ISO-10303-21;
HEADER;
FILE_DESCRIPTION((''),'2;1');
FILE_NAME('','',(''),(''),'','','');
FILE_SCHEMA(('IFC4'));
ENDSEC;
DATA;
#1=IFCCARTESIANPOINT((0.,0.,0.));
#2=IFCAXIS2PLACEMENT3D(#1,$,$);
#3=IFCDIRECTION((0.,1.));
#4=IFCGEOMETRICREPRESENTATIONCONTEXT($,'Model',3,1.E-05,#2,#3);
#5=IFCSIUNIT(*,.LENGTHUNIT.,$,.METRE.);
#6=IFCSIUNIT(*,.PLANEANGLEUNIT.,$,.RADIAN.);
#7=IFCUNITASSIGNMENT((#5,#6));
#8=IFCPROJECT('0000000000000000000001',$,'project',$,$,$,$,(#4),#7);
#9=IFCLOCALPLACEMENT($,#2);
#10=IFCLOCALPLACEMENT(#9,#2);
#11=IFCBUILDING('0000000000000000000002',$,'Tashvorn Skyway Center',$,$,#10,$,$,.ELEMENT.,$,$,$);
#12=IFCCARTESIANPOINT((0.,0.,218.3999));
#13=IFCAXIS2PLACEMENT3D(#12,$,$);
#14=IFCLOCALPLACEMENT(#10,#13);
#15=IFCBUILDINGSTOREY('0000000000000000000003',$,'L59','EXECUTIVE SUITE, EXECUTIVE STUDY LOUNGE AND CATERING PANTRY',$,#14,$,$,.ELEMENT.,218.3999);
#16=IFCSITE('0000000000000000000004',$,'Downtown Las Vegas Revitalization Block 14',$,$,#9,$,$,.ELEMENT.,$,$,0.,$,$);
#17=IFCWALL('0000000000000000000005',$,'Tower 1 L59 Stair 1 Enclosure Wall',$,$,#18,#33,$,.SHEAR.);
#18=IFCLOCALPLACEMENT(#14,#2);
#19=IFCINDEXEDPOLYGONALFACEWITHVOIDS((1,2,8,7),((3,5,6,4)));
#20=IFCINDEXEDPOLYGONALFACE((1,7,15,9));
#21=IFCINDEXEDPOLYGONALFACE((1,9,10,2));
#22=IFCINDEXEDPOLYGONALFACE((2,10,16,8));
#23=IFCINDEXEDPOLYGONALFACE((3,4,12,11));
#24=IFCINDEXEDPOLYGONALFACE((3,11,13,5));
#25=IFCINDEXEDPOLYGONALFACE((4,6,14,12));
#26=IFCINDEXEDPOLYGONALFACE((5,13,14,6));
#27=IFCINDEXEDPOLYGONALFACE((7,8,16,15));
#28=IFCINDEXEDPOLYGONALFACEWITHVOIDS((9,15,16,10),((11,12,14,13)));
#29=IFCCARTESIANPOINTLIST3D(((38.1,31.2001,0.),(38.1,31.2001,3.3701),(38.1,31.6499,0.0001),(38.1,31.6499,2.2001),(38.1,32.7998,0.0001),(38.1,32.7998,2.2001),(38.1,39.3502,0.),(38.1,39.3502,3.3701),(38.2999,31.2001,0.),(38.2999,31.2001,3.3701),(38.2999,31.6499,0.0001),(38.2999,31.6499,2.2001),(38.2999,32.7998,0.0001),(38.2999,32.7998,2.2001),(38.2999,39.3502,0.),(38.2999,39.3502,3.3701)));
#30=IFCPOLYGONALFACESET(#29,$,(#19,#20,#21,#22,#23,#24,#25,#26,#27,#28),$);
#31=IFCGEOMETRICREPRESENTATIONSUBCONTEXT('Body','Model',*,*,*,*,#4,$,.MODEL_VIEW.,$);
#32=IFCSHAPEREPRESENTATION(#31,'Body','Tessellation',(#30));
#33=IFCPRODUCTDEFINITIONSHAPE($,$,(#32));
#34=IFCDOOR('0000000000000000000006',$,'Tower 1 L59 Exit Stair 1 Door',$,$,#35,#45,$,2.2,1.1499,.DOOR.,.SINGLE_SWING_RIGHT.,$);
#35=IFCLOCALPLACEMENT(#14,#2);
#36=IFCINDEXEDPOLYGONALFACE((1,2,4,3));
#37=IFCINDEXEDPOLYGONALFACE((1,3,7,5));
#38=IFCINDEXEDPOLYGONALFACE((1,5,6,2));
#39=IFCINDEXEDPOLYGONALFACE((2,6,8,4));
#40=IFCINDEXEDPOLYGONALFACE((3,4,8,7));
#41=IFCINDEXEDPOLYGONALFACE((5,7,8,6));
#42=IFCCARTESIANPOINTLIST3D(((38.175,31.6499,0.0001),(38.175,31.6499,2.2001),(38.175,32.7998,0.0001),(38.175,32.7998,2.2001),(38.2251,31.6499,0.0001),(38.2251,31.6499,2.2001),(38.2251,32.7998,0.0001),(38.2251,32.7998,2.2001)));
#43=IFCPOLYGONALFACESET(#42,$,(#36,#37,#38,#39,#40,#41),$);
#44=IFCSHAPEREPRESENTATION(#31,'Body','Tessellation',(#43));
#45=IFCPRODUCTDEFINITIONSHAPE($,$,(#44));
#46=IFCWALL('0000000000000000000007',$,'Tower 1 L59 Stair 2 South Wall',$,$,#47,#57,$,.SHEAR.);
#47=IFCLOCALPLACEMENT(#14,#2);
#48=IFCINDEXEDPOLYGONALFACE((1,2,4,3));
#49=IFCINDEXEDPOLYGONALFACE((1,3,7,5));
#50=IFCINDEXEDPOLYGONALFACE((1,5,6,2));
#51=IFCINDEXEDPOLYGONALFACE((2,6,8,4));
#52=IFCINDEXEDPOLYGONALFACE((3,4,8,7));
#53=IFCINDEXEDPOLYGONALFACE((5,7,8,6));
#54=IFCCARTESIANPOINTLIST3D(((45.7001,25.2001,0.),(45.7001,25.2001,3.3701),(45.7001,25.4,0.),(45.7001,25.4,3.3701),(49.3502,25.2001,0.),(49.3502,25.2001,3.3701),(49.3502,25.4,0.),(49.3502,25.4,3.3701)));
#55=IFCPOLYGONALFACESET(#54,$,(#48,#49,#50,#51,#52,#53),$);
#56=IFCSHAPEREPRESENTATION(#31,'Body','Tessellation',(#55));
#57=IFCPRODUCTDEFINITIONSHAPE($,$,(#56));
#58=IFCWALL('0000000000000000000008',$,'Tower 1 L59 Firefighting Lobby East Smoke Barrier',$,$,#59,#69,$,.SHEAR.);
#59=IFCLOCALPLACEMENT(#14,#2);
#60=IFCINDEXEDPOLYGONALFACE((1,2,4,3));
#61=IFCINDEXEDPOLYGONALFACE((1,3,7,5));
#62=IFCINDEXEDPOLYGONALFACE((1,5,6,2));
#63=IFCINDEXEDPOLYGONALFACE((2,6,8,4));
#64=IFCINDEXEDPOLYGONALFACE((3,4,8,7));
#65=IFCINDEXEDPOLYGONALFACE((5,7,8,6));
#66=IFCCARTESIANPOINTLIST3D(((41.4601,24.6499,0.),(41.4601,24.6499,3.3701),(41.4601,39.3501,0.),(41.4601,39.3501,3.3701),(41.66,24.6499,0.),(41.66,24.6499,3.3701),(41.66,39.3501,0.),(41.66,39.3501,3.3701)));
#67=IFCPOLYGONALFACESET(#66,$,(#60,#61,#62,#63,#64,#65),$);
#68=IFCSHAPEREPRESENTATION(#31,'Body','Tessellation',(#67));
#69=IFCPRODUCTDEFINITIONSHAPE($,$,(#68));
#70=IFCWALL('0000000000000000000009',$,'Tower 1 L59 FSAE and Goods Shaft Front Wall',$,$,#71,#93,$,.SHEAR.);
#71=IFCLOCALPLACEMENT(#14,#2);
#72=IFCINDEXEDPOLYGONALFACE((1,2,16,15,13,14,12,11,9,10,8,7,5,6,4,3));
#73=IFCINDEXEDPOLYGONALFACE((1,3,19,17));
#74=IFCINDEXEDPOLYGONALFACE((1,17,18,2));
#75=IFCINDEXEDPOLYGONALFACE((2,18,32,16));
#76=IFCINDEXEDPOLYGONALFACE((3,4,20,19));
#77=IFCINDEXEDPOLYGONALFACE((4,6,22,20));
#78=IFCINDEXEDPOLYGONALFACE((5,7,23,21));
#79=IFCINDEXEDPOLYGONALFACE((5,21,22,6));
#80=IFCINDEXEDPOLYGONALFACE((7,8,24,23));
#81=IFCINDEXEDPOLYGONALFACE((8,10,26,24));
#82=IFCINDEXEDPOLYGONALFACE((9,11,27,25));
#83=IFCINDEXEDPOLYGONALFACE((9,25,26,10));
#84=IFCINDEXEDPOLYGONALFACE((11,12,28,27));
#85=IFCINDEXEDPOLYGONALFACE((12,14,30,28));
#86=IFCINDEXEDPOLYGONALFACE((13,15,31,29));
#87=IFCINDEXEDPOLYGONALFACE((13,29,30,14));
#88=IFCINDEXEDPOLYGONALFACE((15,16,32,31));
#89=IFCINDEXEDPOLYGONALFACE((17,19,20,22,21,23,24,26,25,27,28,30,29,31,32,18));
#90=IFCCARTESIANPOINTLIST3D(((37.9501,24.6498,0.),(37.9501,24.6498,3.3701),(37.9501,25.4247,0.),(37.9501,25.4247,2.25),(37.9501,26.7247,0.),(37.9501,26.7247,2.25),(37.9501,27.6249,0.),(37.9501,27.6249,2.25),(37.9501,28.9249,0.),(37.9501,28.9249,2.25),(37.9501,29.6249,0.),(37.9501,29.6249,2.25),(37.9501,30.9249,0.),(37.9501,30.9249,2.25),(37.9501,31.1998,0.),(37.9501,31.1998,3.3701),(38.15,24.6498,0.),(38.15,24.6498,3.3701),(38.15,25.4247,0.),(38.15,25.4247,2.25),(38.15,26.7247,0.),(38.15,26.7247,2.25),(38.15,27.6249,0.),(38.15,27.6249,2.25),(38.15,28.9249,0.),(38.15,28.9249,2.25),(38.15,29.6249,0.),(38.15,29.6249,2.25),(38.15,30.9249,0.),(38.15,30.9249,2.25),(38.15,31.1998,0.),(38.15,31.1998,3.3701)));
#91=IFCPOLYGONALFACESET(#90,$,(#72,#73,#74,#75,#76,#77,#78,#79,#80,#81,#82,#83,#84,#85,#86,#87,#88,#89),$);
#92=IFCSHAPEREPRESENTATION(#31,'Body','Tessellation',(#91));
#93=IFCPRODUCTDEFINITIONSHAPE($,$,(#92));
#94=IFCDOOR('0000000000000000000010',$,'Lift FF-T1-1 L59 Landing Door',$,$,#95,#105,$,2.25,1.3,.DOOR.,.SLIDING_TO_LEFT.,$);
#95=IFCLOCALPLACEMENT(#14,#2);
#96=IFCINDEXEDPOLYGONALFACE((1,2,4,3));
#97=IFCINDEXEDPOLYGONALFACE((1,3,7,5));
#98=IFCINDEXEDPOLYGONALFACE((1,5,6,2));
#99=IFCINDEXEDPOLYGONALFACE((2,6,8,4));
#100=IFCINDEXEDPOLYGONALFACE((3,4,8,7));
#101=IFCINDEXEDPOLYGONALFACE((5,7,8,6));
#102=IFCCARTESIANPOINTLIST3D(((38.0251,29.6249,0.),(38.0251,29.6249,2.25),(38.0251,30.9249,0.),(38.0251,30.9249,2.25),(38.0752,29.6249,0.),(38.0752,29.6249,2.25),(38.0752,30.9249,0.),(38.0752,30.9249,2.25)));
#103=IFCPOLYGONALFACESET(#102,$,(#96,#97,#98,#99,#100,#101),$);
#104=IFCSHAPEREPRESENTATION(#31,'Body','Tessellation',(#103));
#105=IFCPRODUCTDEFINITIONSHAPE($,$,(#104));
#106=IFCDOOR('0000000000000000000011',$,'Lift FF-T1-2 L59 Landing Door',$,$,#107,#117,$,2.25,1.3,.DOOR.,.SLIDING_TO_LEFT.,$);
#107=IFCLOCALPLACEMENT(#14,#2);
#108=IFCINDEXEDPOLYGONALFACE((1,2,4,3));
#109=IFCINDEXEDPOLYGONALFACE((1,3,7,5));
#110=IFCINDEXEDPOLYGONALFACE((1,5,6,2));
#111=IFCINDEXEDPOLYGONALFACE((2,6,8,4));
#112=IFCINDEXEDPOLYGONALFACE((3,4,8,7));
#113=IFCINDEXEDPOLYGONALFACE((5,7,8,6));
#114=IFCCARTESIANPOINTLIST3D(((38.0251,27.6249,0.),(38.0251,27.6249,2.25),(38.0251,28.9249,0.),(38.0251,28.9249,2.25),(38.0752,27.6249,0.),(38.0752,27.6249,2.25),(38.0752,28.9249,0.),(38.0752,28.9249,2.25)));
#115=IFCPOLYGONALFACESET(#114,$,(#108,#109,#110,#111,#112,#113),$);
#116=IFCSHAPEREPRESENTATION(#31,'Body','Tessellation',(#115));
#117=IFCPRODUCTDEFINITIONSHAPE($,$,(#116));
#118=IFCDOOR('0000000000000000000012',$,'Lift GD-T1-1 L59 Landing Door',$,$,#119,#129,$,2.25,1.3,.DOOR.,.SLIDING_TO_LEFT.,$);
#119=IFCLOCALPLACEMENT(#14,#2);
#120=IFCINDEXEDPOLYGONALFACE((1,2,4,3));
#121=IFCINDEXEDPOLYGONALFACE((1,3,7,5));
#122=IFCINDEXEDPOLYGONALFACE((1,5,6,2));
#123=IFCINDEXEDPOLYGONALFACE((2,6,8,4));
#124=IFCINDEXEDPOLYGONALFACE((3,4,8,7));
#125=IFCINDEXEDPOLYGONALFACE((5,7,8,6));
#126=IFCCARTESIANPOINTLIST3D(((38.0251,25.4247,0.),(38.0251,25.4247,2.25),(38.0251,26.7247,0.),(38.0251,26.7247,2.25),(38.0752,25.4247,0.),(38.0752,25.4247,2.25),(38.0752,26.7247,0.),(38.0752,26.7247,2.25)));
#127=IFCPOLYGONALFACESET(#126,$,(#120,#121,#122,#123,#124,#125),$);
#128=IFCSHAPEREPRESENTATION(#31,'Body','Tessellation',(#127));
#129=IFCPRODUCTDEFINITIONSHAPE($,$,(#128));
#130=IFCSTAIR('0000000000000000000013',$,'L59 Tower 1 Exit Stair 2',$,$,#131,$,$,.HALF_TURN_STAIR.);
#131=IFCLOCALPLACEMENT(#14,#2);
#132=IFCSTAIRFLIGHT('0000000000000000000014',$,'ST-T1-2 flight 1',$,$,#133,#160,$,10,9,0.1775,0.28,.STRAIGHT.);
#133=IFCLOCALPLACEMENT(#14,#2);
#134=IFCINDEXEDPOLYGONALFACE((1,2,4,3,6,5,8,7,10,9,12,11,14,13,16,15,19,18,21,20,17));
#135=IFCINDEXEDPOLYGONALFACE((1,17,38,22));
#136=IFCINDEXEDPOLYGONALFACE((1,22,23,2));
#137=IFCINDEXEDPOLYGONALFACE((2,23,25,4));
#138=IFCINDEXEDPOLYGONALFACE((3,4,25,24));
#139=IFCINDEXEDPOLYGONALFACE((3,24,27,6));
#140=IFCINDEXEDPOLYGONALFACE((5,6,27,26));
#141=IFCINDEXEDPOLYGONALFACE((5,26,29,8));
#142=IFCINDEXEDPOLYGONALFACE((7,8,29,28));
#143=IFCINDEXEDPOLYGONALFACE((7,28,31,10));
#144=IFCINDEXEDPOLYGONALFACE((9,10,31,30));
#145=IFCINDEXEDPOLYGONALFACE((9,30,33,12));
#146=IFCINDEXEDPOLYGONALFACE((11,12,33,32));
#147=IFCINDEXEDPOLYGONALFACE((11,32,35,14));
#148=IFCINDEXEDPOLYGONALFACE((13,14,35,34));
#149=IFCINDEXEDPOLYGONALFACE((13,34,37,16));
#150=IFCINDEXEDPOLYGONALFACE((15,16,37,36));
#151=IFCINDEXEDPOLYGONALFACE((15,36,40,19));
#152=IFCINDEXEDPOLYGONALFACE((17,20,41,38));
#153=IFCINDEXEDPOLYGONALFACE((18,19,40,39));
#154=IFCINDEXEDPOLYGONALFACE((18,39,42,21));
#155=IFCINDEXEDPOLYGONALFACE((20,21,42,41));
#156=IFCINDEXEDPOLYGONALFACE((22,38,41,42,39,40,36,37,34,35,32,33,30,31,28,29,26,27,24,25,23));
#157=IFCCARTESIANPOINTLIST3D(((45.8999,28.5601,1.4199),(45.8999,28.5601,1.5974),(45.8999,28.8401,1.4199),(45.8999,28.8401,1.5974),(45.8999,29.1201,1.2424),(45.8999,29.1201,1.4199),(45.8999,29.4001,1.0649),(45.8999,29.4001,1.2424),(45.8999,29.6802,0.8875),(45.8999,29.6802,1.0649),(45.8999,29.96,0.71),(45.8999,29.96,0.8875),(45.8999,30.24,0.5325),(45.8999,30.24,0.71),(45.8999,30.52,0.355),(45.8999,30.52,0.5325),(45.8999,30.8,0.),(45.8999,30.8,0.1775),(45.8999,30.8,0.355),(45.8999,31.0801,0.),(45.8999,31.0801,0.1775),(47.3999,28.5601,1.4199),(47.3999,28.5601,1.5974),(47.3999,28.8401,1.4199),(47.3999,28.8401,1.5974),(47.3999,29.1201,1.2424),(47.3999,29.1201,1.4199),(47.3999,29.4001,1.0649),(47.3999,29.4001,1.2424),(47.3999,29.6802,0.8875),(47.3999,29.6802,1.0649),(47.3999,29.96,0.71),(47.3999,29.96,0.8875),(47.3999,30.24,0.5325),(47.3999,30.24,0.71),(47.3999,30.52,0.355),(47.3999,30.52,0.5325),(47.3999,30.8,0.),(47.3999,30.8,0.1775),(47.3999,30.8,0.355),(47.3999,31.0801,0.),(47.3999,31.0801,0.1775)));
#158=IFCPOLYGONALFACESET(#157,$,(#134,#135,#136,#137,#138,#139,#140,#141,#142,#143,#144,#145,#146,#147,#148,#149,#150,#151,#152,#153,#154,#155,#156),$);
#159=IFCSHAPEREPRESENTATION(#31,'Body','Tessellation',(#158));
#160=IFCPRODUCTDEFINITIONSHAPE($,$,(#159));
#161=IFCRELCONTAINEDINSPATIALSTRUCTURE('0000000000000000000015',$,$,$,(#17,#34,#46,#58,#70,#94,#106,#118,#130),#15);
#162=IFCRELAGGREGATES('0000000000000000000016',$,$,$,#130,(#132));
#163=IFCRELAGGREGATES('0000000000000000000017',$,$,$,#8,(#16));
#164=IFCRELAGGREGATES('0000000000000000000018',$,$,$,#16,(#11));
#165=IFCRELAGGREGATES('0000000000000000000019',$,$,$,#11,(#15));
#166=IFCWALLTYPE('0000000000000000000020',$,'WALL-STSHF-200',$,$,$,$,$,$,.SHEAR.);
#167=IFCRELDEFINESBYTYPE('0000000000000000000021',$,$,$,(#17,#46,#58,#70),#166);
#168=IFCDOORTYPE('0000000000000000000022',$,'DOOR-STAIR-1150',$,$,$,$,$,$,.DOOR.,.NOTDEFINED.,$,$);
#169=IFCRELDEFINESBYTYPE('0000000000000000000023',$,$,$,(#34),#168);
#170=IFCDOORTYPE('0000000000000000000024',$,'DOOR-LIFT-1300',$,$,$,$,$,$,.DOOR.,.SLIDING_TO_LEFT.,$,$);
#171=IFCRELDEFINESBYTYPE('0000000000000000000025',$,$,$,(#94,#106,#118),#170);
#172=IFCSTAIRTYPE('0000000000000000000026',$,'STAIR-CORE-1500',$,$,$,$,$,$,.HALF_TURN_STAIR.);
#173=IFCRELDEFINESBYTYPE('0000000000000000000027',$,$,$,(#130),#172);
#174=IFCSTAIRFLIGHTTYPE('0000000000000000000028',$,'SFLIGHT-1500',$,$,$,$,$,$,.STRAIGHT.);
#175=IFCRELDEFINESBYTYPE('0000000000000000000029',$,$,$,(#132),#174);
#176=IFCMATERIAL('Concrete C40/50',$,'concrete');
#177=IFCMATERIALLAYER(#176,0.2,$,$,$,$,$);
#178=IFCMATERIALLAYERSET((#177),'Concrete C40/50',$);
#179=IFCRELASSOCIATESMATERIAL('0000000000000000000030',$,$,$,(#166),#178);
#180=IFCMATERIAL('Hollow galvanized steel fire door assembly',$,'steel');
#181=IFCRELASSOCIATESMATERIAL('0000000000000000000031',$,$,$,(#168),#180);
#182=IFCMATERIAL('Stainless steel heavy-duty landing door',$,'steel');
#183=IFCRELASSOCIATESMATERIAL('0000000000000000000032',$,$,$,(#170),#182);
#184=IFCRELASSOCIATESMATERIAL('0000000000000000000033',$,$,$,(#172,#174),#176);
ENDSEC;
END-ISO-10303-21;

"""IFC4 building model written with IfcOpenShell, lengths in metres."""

from ifc_helpers import new_model, si_unit, direction, frame, frame_2d, origin, place, context, subcontext, project, spatial, polyline, rectangle, outline, extrude, material, layer, layer_set, type_object, element, fill, aggregate, save


model = new_model("IFC4")

# Units and contexts
model_context = context("Model", 3, precision=1e-05, world=origin(), true_north=direction((0.0, 1.0)))
body_context = subcontext(model_context, "Body", "Model", "MODEL_VIEW")
ifc_project = project(units=[si_unit("LENGTHUNIT", "METRE"), si_unit("PLANEANGLEUNIT", "RADIAN")], contexts=[model_context])

# Site, building, storey
site_placement = place(None, origin())
site = spatial("IfcSite", under=ifc_project, at=site_placement, Name="Downtown Las Vegas Revitalization Block 14", CompositionType="ELEMENT", RefElevation=0.0)
building_placement = place(site_placement, origin())
building = spatial("IfcBuilding", under=site, at=building_placement, Name="Tashvorn Skyway Center", CompositionType="ELEMENT")
storey_placement = place(building_placement, frame((0.0, 0.0, 218.3999)))
storey = spatial("IfcBuildingStorey", under=building, at=storey_placement, Name="L59", Description="EXECUTIVE SUITE, EXECUTIVE STUDY LOUNGE AND CATERING PANTRY", CompositionType="ELEMENT", Elevation=218.3999)

# Shared definitions
ifc_material_1 = material(Name="Concrete C40/50", Category="concrete")
ifc_material_2 = material(Name="Hollow galvanized steel fire door assembly", Category="steel")

# Wall, opening, door
ifc_layer_1 = layer(ifc_material_1, 0.2)
ifc_layer_set_1 = layer_set([ifc_layer_1], Name="Concrete C40/50")
wall_type_1 = type_object("IfcWallType", Name="WALL-STSHF-200", PredefinedType="SHEAR", material=ifc_layer_set_1)
wall_1_placement = place(storey_placement, frame((38.2, 31.2, 0.0), z_axis=(0.0, 0.0, 1.0), x_axis=(0.0, 1.0, 0.0)))
wall_1 = element("IfcWall", 1, at=wall_1_placement, inside=storey, type_object=wall_type_1, Name="Tower 1 L59 Stair 1 Enclosure Wall", PredefinedType="SHEAR", context=body_context, shape_type="SweptSolid", body=[
    extrude(rectangle(XDim=8.1501, YDim=0.2, at=frame_2d((4.0752, 0.0))), origin(), (0.0, 0.0, 1.0), 3.3701),
])
opening_1_placement = place(wall_1_placement, frame((0.45, 0.0, 0.0)))
opening_1 = element("IfcOpeningElement", 2, at=opening_1_placement, cuts=wall_1, PredefinedType="OPENING", context=body_context, shape_type="SweptSolid", body=[
    extrude(rectangle(XDim=1.1499, YDim=2.2, at=frame_2d((0.575, 1.1001))), frame((0.0, 0.1099, 0.0), z_axis=(0.0, -1.0, 0.0), x_axis=(1.0, 0.0, 0.0)), (0.0, 0.0, 1.0), 0.22),
])
door_type_1 = type_object("IfcDoorType", Name="DOOR-STAIR-1150", OperationType="NOTDEFINED", PredefinedType="DOOR", material=ifc_material_2)
door_1_placement = place(opening_1_placement, origin())
door_1 = element("IfcDoor", 3, at=door_1_placement, inside=storey, type_object=door_type_1, Name="Tower 1 L59 Exit Stair 1 Door", OperationType="SINGLE_SWING_RIGHT", OverallHeight=2.2, OverallWidth=1.1499, PredefinedType="DOOR", context=body_context, shape_type="SweptSolid", body=[
    extrude(rectangle(XDim=1.1499, YDim=2.2, at=frame_2d((0.575, 1.1001))), frame((0.0, 0.0249, 0.0), z_axis=(0.0, -1.0, 0.0), x_axis=(1.0, 0.0, 0.0)), (0.0, 0.0, 1.0), 0.05),
])
fill(opening_1, door_1)

# Walls
wall_2_placement = place(storey_placement, frame((45.7, 25.3, 0.0), z_axis=(0.0, 0.0, 1.0), x_axis=(1.0, 0.0, 0.0)))
element("IfcWall", 4, at=wall_2_placement, inside=storey, type_object=wall_type_1, Name="Tower 1 L59 Stair 2 South Wall", PredefinedType="SHEAR", context=body_context, shape_type="SweptSolid", body=[
    extrude(rectangle(XDim=3.6501, YDim=0.2, at=frame_2d((1.8252, 0.0))), origin(), (0.0, 0.0, 1.0), 3.3701),
])
wall_3_placement = place(storey_placement, frame((41.5601, 24.6499, 0.0), z_axis=(0.0, 0.0, 1.0), x_axis=(0.0, 1.0, 0.0)))
element("IfcWall", 5, at=wall_3_placement, inside=storey, type_object=wall_type_1, Name="Tower 1 L59 Firefighting Lobby East Smoke Barrier", PredefinedType="SHEAR", context=body_context, shape_type="SweptSolid", body=[
    extrude(rectangle(XDim=14.7002, YDim=0.2, at=frame_2d((7.3501, 0.0))), origin(), (0.0, 0.0, 1.0), 3.3701),
])

# Wall, openings, doors
wall_4_placement = place(storey_placement, frame((38.05, 24.6499, 0.0), z_axis=(0.0, 0.0, 1.0), x_axis=(0.0, 1.0, 0.0)))
wall_4 = element("IfcWall", 6, at=wall_4_placement, inside=storey, type_object=wall_type_1, Name="Tower 1 L59 FSAE and Goods Shaft Front Wall", PredefinedType="SHEAR", context=body_context, shape_type="SweptSolid", body=[
    extrude(rectangle(XDim=6.55, YDim=0.2, at=frame_2d((3.2749, 0.0))), origin(), (0.0, 0.0, 1.0), 3.3701),
])
opening_2_placement = place(wall_4_placement, frame((4.9751, 0.0, 0.0)))
opening_2 = element("IfcOpeningElement", 7, at=opening_2_placement, cuts=wall_4, PredefinedType="OPENING", context=body_context, shape_type="SweptSolid", body=[
    extrude(rectangle(XDim=1.3, YDim=2.25, at=frame_2d((0.6499, 1.125))), frame((0.0, 0.1099, 0.0), z_axis=(0.0, -1.0, 0.0), x_axis=(1.0, 0.0, 0.0)), (0.0, 0.0, 1.0), 0.22),
])
opening_3_placement = place(wall_4_placement, frame((2.9751, 0.0, 0.0)))
opening_3 = element("IfcOpeningElement", 8, at=opening_3_placement, cuts=wall_4, PredefinedType="OPENING", context=body_context, shape_type="SweptSolid", body=[
    extrude(rectangle(XDim=1.3, YDim=2.25, at=frame_2d((0.6499, 1.125))), frame((0.0, 0.1099, 0.0), z_axis=(0.0, -1.0, 0.0), x_axis=(1.0, 0.0, 0.0)), (0.0, 0.0, 1.0), 0.22),
])
opening_4_placement = place(wall_4_placement, frame((0.7749, 0.0, 0.0)))
opening_4 = element("IfcOpeningElement", 9, at=opening_4_placement, cuts=wall_4, PredefinedType="OPENING", context=body_context, shape_type="SweptSolid", body=[
    extrude(rectangle(XDim=1.3, YDim=2.25, at=frame_2d((0.6499, 1.125))), frame((0.0, 0.1099, 0.0), z_axis=(0.0, -1.0, 0.0), x_axis=(1.0, 0.0, 0.0)), (0.0, 0.0, 1.0), 0.22),
])
ifc_material_3 = material(Name="Stainless steel heavy-duty landing door", Category="steel")
door_type_2 = type_object("IfcDoorType", Name="DOOR-LIFT-1300", OperationType="SLIDING_TO_LEFT", PredefinedType="DOOR", material=ifc_material_3)
door_2_placement = place(opening_2_placement, origin())
door_2 = element("IfcDoor", 10, at=door_2_placement, inside=storey, type_object=door_type_2, Name="Lift FF-T1-1 L59 Landing Door", OperationType="SLIDING_TO_LEFT", OverallHeight=2.25, OverallWidth=1.3, PredefinedType="DOOR", context=body_context, shape_type="SweptSolid", body=[
    extrude(rectangle(XDim=1.3, YDim=2.25, at=frame_2d((0.6499, 1.125))), frame((0.0, 0.0249, 0.0), z_axis=(0.0, -1.0, 0.0), x_axis=(1.0, 0.0, 0.0)), (0.0, 0.0, 1.0), 0.05),
])
fill(opening_2, door_2)
door_3_placement = place(opening_3_placement, origin())
door_3 = element("IfcDoor", 11, at=door_3_placement, inside=storey, type_object=door_type_2, Name="Lift FF-T1-2 L59 Landing Door", OperationType="SLIDING_TO_LEFT", OverallHeight=2.25, OverallWidth=1.3, PredefinedType="DOOR", context=body_context, shape_type="SweptSolid", body=[
    extrude(rectangle(XDim=1.3, YDim=2.25, at=frame_2d((0.6499, 1.125))), frame((0.0, 0.0249, 0.0), z_axis=(0.0, -1.0, 0.0), x_axis=(1.0, 0.0, 0.0)), (0.0, 0.0, 1.0), 0.05),
])
fill(opening_3, door_3)
door_4_placement = place(opening_4_placement, origin())
door_4 = element("IfcDoor", 12, at=door_4_placement, inside=storey, type_object=door_type_2, Name="Lift GD-T1-1 L59 Landing Door", OperationType="SLIDING_TO_LEFT", OverallHeight=2.25, OverallWidth=1.3, PredefinedType="DOOR", context=body_context, shape_type="SweptSolid", body=[
    extrude(rectangle(XDim=1.3, YDim=2.25, at=frame_2d((0.6499, 1.125))), frame((0.0, 0.0249, 0.0), z_axis=(0.0, -1.0, 0.0), x_axis=(1.0, 0.0, 0.0)), (0.0, 0.0, 1.0), 0.05),
])
fill(opening_4, door_4)

# Stair, stair flight
stair_type = type_object("IfcStairType", Name="STAIR-CORE-1500", PredefinedType="HALF_TURN_STAIR", material=ifc_material_1)
stair_placement = place(storey_placement, origin())
stair = element("IfcStair", 13, at=stair_placement, inside=storey, type_object=stair_type, Name="L59 Tower 1 Exit Stair 2", PredefinedType="HALF_TURN_STAIR")
stair_flight_type = type_object("IfcStairFlightType", Name="SFLIGHT-1500", PredefinedType="STRAIGHT", material=ifc_material_1)
stair_flight_placement = place(storey_placement, frame((46.6499, 31.0801, 0.0), z_axis=(0.0, 0.0, 1.0), x_axis=(0.0, -1.0, 0.0)))
stair_flight = element("IfcStairFlight", 14, at=stair_flight_placement, type_object=stair_flight_type, Name="ST-T1-2 flight 1", NumberOfRisers=10, NumberOfTreads=9, PredefinedType="STRAIGHT", RiserHeight=0.1775, TreadLength=0.28, context=body_context, shape_type="SweptSolid", body=[
    extrude(outline(polyline([(0.0, 0.0), (0.0, 0.1775), (0.28, 0.1775), (0.28, 0.355), (0.5601, 0.355), (0.5601, 0.5325), (0.8401, 0.5325), (0.8401, 0.71), (1.1201, 0.71), (1.1201, 0.8875), (1.3999, 0.8875), (1.3999, 1.0649), (1.6799, 1.0649), (1.6799, 1.2424), (1.96, 1.2424), (1.96, 1.4199), (2.24, 1.4199), (2.24, 1.5974), (2.52, 1.5974), (2.52, 1.7749), (2.52, 1.4199), (0.28, 0.0), (0.0, 0.0)])), frame((0.0, 0.75, 0.0), z_axis=(0.0, -1.0, 0.0), x_axis=(1.0, 0.0, 0.0)), (0.0, 0.0, 1.0), 1.5),
])
aggregate(stair, [stair_flight])

save(model, "model.ifc")
